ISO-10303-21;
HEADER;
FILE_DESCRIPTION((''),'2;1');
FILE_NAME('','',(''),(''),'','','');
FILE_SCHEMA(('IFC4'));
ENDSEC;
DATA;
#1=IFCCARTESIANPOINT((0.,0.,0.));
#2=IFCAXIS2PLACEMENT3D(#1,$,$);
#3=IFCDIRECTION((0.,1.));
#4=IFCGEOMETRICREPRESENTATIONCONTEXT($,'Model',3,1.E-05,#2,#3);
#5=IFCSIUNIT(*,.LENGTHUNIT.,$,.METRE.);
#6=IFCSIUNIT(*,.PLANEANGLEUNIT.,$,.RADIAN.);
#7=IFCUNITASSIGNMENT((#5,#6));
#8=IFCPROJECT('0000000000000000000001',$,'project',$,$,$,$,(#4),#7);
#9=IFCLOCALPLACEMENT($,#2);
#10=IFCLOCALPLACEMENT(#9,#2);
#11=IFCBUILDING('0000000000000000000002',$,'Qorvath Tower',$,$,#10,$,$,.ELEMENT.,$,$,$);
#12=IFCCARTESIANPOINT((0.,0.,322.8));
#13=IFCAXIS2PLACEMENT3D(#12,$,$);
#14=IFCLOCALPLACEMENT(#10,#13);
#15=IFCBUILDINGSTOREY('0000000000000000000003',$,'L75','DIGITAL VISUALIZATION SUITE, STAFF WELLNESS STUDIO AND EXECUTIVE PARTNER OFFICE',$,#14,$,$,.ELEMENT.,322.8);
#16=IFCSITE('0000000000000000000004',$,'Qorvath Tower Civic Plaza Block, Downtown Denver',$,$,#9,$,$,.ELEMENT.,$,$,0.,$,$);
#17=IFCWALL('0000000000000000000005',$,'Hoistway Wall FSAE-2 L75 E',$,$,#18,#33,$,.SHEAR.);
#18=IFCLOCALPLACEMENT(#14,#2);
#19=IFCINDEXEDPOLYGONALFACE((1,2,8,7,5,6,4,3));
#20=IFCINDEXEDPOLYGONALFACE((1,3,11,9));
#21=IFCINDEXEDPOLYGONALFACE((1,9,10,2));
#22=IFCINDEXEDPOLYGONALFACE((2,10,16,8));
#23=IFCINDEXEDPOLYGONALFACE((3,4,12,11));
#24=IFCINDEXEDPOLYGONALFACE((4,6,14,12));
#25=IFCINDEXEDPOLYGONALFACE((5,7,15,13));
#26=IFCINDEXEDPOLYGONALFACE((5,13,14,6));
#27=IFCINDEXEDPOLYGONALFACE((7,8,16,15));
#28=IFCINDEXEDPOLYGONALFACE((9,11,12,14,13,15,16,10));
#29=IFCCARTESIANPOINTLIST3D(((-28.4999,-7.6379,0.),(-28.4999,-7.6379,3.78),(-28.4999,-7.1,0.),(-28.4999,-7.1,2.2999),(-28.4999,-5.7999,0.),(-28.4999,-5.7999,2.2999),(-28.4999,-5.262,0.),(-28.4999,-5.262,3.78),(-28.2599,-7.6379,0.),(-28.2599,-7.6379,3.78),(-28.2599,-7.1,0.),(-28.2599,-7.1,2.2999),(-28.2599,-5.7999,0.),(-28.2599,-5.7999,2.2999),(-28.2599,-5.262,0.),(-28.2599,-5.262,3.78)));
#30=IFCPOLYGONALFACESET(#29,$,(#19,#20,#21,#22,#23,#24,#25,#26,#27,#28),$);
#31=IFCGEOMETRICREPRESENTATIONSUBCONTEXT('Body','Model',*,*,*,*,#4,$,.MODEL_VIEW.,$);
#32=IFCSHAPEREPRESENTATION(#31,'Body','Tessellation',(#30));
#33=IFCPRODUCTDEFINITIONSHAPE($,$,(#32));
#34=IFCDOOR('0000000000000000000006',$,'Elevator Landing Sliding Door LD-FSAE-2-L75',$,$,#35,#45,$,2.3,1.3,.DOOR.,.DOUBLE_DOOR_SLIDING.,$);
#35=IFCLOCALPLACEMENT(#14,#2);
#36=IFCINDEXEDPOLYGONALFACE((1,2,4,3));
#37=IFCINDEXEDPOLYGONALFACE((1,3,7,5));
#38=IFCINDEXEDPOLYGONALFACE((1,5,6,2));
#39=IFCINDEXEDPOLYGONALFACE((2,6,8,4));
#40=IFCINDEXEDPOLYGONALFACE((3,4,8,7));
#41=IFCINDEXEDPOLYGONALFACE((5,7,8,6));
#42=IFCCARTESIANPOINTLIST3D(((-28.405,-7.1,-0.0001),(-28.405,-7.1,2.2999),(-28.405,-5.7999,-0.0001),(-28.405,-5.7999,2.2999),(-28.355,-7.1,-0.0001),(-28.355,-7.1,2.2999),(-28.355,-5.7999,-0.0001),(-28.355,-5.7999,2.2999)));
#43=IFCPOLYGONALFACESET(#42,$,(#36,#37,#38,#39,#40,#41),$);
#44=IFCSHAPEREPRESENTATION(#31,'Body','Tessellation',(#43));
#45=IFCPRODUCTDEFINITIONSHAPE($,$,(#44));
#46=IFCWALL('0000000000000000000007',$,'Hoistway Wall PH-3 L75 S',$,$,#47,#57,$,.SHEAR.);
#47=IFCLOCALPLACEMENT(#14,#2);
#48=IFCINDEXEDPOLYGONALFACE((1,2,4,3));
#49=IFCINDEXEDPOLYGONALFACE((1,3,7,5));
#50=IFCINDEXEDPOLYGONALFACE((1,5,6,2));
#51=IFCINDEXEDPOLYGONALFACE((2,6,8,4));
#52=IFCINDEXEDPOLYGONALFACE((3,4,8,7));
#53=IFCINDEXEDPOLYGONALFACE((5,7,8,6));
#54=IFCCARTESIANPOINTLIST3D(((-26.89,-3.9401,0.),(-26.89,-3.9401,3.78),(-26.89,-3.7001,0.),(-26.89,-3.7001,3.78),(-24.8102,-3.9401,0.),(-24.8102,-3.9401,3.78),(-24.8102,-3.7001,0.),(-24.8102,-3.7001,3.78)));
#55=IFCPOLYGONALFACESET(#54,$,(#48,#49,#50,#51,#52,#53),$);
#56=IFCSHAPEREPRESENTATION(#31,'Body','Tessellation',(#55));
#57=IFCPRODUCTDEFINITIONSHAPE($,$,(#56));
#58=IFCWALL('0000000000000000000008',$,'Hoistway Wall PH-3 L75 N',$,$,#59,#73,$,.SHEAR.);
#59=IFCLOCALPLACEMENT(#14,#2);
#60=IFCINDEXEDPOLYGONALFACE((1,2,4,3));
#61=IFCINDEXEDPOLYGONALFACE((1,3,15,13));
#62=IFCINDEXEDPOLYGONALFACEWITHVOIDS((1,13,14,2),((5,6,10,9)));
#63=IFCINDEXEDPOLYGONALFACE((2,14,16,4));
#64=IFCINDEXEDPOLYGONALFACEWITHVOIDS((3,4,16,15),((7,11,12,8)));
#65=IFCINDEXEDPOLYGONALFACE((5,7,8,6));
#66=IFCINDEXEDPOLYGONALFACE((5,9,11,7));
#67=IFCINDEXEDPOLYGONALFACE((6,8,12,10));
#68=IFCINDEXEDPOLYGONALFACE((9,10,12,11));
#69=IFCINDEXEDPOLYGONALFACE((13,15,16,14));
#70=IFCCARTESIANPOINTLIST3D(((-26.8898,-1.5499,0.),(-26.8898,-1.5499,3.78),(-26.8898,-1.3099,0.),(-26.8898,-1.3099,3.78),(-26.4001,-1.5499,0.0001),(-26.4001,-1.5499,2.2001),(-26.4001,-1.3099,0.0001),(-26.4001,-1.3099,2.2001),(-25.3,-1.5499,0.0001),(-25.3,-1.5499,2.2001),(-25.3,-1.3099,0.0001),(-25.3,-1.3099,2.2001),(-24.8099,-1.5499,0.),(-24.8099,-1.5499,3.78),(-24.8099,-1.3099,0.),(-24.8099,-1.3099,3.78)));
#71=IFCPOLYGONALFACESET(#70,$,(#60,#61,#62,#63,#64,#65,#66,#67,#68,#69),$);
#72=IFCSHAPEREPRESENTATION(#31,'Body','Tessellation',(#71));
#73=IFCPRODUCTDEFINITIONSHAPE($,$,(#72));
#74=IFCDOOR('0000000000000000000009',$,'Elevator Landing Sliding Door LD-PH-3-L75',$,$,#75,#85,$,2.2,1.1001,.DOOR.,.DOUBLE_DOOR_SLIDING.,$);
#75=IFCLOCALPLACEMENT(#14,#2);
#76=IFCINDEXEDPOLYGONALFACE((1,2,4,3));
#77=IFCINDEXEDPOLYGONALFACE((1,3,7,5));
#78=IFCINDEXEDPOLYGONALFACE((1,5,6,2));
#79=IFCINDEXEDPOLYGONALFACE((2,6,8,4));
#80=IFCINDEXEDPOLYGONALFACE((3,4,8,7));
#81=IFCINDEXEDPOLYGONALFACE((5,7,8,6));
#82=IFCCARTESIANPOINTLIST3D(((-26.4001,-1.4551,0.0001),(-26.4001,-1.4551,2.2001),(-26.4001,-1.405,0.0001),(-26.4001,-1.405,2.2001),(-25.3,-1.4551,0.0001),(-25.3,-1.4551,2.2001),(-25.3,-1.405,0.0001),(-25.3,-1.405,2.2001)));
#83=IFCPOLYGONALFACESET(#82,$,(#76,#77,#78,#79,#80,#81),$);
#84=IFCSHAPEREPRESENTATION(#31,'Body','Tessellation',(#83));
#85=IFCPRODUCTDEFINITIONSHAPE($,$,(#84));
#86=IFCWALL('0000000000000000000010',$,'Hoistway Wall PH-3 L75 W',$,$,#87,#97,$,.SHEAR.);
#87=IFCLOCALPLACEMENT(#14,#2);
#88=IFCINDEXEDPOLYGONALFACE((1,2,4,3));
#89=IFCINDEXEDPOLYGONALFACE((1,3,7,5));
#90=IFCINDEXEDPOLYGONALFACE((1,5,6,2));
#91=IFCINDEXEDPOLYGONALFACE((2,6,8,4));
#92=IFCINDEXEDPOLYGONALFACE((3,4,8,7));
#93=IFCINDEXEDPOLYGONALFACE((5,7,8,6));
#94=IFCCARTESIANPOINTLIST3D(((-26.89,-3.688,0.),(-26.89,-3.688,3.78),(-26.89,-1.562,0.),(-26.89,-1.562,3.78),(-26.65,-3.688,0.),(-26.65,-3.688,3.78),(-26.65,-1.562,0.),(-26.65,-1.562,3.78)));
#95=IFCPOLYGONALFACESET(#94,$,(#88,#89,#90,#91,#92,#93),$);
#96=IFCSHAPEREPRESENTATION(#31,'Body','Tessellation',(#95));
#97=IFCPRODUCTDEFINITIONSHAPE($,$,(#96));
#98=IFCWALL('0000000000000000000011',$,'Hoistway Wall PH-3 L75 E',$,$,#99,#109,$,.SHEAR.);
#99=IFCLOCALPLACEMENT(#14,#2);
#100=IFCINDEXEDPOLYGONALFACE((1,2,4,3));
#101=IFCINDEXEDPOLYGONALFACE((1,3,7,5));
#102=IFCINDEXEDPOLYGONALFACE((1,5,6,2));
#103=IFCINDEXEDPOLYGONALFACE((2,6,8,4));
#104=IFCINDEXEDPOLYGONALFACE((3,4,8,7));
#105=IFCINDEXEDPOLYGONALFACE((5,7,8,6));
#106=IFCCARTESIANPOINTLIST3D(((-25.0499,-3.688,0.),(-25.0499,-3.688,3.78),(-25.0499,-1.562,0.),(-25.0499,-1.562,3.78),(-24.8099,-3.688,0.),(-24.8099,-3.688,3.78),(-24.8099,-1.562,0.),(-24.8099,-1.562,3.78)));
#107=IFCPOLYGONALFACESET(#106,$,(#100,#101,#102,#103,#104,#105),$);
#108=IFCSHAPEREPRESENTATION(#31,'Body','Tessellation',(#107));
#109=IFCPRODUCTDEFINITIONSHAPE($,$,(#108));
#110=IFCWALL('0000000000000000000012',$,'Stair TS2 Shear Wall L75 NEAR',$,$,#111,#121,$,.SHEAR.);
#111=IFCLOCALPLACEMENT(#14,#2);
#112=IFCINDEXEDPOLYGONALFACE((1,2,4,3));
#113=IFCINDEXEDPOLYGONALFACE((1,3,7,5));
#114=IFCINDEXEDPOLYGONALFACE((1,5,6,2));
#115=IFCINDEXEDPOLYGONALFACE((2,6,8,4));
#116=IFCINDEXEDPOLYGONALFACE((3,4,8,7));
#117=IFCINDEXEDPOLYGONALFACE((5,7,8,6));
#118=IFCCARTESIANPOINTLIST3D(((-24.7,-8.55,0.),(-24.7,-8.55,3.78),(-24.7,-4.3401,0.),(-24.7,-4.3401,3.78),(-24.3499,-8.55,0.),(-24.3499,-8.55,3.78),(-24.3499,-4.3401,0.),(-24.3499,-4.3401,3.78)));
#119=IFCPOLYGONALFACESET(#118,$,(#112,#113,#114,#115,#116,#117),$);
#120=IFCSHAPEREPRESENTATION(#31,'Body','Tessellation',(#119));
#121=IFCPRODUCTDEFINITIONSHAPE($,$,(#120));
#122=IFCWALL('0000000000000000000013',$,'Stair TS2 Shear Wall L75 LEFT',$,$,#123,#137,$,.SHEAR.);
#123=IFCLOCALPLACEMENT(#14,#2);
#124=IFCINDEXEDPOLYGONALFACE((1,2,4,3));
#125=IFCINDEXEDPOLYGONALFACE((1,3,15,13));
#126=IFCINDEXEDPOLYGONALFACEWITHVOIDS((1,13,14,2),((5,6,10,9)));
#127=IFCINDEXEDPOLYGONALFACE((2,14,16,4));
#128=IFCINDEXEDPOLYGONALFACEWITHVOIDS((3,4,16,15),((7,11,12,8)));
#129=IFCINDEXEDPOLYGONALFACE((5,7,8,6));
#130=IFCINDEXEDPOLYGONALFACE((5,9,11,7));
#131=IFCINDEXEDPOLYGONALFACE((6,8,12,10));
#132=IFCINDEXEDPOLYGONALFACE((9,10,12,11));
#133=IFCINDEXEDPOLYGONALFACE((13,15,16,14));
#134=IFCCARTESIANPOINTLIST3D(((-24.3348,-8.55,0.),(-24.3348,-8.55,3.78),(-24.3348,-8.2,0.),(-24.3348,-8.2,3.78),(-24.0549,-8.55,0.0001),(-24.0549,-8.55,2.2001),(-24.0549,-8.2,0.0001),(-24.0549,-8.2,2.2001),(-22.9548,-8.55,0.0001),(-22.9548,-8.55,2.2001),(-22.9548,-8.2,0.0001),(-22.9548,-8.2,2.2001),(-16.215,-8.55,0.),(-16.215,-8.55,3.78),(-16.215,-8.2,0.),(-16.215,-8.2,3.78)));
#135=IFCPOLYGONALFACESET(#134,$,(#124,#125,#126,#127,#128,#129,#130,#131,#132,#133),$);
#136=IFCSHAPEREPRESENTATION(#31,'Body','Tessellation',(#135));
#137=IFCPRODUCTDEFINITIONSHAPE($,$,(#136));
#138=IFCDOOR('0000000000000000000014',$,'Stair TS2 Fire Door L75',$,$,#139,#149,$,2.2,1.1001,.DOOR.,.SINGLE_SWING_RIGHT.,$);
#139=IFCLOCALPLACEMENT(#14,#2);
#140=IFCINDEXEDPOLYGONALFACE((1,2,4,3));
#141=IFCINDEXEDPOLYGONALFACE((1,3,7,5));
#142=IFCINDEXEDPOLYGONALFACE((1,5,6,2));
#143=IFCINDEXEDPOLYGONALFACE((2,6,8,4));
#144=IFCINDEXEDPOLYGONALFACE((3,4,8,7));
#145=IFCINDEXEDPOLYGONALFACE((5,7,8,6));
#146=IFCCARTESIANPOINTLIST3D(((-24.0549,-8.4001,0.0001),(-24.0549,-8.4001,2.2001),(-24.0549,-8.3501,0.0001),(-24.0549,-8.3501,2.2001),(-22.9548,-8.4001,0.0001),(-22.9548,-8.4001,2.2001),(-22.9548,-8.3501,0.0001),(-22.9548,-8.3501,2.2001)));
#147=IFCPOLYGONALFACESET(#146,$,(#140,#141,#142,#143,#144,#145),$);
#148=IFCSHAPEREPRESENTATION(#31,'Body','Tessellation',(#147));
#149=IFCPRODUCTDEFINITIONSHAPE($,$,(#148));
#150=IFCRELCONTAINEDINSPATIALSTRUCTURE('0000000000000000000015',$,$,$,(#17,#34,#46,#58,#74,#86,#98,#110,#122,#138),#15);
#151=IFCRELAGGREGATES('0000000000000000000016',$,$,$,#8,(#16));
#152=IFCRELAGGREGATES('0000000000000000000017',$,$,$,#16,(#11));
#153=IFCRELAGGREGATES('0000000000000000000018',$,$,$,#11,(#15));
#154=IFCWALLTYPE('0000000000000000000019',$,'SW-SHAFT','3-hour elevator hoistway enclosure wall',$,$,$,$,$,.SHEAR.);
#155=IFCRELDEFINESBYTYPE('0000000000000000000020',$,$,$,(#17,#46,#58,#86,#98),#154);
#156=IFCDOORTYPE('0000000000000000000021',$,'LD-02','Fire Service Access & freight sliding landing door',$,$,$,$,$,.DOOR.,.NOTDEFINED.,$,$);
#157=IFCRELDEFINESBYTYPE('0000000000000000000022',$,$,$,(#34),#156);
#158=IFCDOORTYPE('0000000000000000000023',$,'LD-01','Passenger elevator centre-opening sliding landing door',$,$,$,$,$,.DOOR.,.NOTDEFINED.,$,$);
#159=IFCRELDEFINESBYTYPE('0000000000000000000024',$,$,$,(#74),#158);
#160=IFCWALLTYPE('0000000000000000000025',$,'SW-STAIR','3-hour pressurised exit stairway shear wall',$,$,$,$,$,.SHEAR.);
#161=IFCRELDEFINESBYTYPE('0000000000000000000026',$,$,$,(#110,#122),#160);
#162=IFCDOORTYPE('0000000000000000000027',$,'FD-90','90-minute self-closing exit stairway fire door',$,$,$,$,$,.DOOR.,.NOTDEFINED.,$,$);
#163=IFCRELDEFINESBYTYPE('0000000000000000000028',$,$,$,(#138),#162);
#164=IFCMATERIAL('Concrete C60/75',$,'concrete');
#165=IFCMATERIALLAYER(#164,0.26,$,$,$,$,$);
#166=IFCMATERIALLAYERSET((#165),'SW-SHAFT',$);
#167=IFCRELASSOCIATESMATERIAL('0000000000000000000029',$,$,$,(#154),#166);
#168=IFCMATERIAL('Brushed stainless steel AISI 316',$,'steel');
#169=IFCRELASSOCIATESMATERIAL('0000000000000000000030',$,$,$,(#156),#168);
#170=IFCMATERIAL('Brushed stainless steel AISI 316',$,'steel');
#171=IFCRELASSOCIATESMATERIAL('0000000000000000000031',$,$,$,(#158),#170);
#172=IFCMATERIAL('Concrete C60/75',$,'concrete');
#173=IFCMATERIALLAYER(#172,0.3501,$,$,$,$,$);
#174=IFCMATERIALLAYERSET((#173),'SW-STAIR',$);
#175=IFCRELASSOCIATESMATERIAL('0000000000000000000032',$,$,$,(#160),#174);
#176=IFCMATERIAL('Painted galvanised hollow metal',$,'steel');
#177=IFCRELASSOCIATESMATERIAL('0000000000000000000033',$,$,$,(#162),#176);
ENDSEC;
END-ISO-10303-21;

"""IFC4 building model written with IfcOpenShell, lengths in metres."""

from ifc_helpers import new_model, si_unit, direction, frame, frame_2d, origin, place, context, subcontext, project, spatial, rectangle, extrude, material, layer, layer_set, type_object, element, fill, save


model = new_model("IFC4")

# Units and contexts
model_context = context("Model", 3, precision=1e-05, world=origin(), true_north=direction((0.0, 1.0)))
body_context = subcontext(model_context, "Body", "Model", "MODEL_VIEW")
ifc_project = project(units=[si_unit("LENGTHUNIT", "METRE"), si_unit("PLANEANGLEUNIT", "RADIAN")], contexts=[model_context])

# Site, building, storey
site_placement = place(None, origin())
site = spatial("IfcSite", under=ifc_project, at=site_placement, Name="Qorvath Tower Civic Plaza Block, Downtown Denver", CompositionType="ELEMENT", RefElevation=0.0)
building_placement = place(site_placement, origin())
building = spatial("IfcBuilding", under=site, at=building_placement, Name="Qorvath Tower", CompositionType="ELEMENT")
storey_placement = place(building_placement, frame((0.0, 0.0, 322.8)))
storey = spatial("IfcBuildingStorey", under=building, at=storey_placement, Name="L75", Description="DIGITAL VISUALIZATION SUITE, STAFF WELLNESS STUDIO AND EXECUTIVE PARTNER OFFICE", CompositionType="ELEMENT", Elevation=322.8)

# Shared definitions
ifc_material_1 = material(Name="Concrete C60/75", Category="concrete")
ifc_layer_1 = layer(ifc_material_1, 0.26)
ifc_layer_set_1 = layer_set([ifc_layer_1], Name="SW-SHAFT")
wall_type_1 = type_object("IfcWallType", Name="SW-SHAFT", Description="3-hour elevator hoistway enclosure wall", PredefinedType="SHEAR", material=ifc_layer_set_1)

# Wall, opening, door
wall_1_placement = place(storey_placement, frame((-28.3799, -5.262, 0.0), z_axis=(0.0, 0.0, 1.0), x_axis=(0.0, -1.0, 0.0)))
wall_1 = element("IfcWall", 1, at=wall_1_placement, inside=storey, type_object=wall_type_1, Name="Hoistway Wall FSAE-2 L75 E", PredefinedType="SHEAR", context=body_context, shape_type="SweptSolid", body=[
    extrude(rectangle(XDim=2.376, YDim=0.24, at=frame_2d((1.188, 0.0))), origin(), (0.0, 0.0, 1.0), 3.78),
])
opening_1_placement = place(wall_1_placement, frame((0.5381, 0.0, 0.0)))
opening_1 = element("IfcOpeningElement", 2, at=opening_1_placement, cuts=wall_1, PredefinedType="OPENING", context=body_context, shape_type="SweptSolid", body=[
    extrude(rectangle(XDim=1.3, YDim=2.3, at=frame_2d((0.6499, 1.1499))), frame((0.0, 0.1299, 0.0), z_axis=(0.0, -1.0, 0.0), x_axis=(1.0, 0.0, 0.0)), (0.0, 0.0, 1.0), 0.26),
])
ifc_material_2 = material(Name="Brushed stainless steel AISI 316", Category="steel")
door_type_1 = type_object("IfcDoorType", Name="LD-02", Description="Fire Service Access & freight sliding landing door", OperationType="NOTDEFINED", PredefinedType="DOOR", material=ifc_material_2)
door_1_placement = place(opening_1_placement, origin())
door_1 = element("IfcDoor", 3, at=door_1_placement, inside=storey, type_object=door_type_1, Name="Elevator Landing Sliding Door LD-FSAE-2-L75", OperationType="DOUBLE_DOOR_SLIDING", OverallHeight=2.3, OverallWidth=1.3, PredefinedType="DOOR", context=body_context, shape_type="SweptSolid", body=[
    extrude(rectangle(XDim=1.3, YDim=2.3, at=frame_2d((0.6499, 1.1499))), frame((0.0, 0.0249, 0.0), z_axis=(0.0, -1.0, 0.0), x_axis=(1.0, 0.0, 0.0)), (0.0, 0.0, 1.0), 0.05),
])
fill(opening_1, door_1)

# Wall
wall_2_placement = place(storey_placement, frame((-24.8101, -3.8201, 0.0), z_axis=(0.0, 0.0, 1.0), x_axis=(-1.0, 0.0, 0.0)))
element("IfcWall", 4, at=wall_2_placement, inside=storey, type_object=wall_type_1, Name="Hoistway Wall PH-3 L75 S", PredefinedType="SHEAR", context=body_context, shape_type="SweptSolid", body=[
    extrude(rectangle(XDim=2.0798, YDim=0.24, at=frame_2d((1.04, 0.0))), origin(), (0.0, 0.0, 1.0), 3.78),
])

# Wall, opening, door
wall_3_placement = place(storey_placement, frame((-26.8899, -1.4299, 0.0), z_axis=(0.0, 0.0, 1.0), x_axis=(1.0, 0.0, 0.0)))
wall_3 = element("IfcWall", 5, at=wall_3_placement, inside=storey, type_object=wall_type_1, Name="Hoistway Wall PH-3 L75 N", PredefinedType="SHEAR", context=body_context, shape_type="SweptSolid", body=[
    extrude(rectangle(XDim=2.0798, YDim=0.24, at=frame_2d((1.04, 0.0))), origin(), (0.0, 0.0, 1.0), 3.78),
])
opening_2_placement = place(wall_3_placement, frame((0.4897, 0.0, 0.0)))
opening_2 = element("IfcOpeningElement", 6, at=opening_2_placement, cuts=wall_3, PredefinedType="OPENING", context=body_context, shape_type="SweptSolid", body=[
    extrude(rectangle(XDim=1.1001, YDim=2.2, at=frame_2d((0.55, 1.1001))), frame((0.0, 0.1299, 0.0), z_axis=(0.0, -1.0, 0.0), x_axis=(1.0, 0.0, 0.0)), (0.0, 0.0, 1.0), 0.26),
])
ifc_material_3 = material(Name="Brushed stainless steel AISI 316", Category="steel")
door_type_2 = type_object("IfcDoorType", Name="LD-01", Description="Passenger elevator centre-opening sliding landing door", OperationType="NOTDEFINED", PredefinedType="DOOR", material=ifc_material_3)
door_2_placement = place(opening_2_placement, origin())
door_2 = element("IfcDoor", 7, at=door_2_placement, inside=storey, type_object=door_type_2, Name="Elevator Landing Sliding Door LD-PH-3-L75", OperationType="DOUBLE_DOOR_SLIDING", OverallHeight=2.2, OverallWidth=1.1001, PredefinedType="DOOR", context=body_context, shape_type="SweptSolid", body=[
    extrude(rectangle(XDim=1.1001, YDim=2.2, at=frame_2d((0.55, 1.1001))), frame((0.0, 0.0249, 0.0), z_axis=(0.0, -1.0, 0.0), x_axis=(1.0, 0.0, 0.0)), (0.0, 0.0, 1.0), 0.05),
])
fill(opening_2, door_2)

# Walls
for number, where, z_axis, x_axis, name in (
    (8, (-26.77, -3.688, 0.0), (0.0, 0.0, 1.0), (0.0, 1.0, 0.0), "Hoistway Wall PH-3 L75 W"),
    (9, (-24.9299, -1.562, 0.0), (0.0, 0.0, 1.0), (0.0, -1.0, 0.0), "Hoistway Wall PH-3 L75 E"),
):
    element("IfcWall", number, at=place(storey_placement, frame(where, z_axis=z_axis, x_axis=x_axis)), inside=storey, type_object=wall_type_1, Name=name, PredefinedType="SHEAR", context=body_context, shape_type="SweptSolid", body=[
        extrude(rectangle(XDim=2.126, YDim=0.24, at=frame_2d((1.063, 0.0))), origin(), (0.0, 0.0, 1.0), 3.78),
    ])
ifc_material_4 = material(Name="Concrete C60/75", Category="concrete")
ifc_layer_2 = layer(ifc_material_4, 0.3501)
ifc_layer_set_2 = layer_set([ifc_layer_2], Name="SW-STAIR")
wall_type_2 = type_object("IfcWallType", Name="SW-STAIR", Description="3-hour pressurised exit stairway shear wall", PredefinedType="SHEAR", material=ifc_layer_set_2)
wall_4_placement = place(storey_placement, frame((-24.5249, -4.3401, 0.0), z_axis=(0.0, 0.0, 1.0), x_axis=(0.0, -1.0, 0.0)))
element("IfcWall", 10, at=wall_4_placement, inside=storey, type_object=wall_type_2, Name="Stair TS2 Shear Wall L75 NEAR", PredefinedType="SHEAR", context=body_context, shape_type="SweptSolid", body=[
    extrude(rectangle(XDim=4.21, YDim=0.3501, at=frame_2d((2.105, 0.0))), origin(), (0.0, 0.0, 1.0), 3.78),
])

# Wall, opening, door
wall_5_placement = place(storey_placement, frame((-24.335, -8.375, 0.0), z_axis=(0.0, 0.0, 1.0), x_axis=(1.0, 0.0, 0.0)))
wall_5 = element("IfcWall", 11, at=wall_5_placement, inside=storey, type_object=wall_type_2, Name="Stair TS2 Shear Wall L75 LEFT", PredefinedType="SHEAR", context=body_context, shape_type="SweptSolid", body=[
    extrude(rectangle(XDim=8.1199, YDim=0.3501, at=frame_2d((4.0601, 0.0))), origin(), (0.0, 0.0, 1.0), 3.78),
])
opening_3_placement = place(wall_5_placement, frame((0.28, 0.0, 0.0)))
opening_3 = element("IfcOpeningElement", 12, at=opening_3_placement, cuts=wall_5, PredefinedType="OPENING", context=body_context, shape_type="SweptSolid", body=[
    extrude(rectangle(XDim=1.1001, YDim=2.2, at=frame_2d((0.55, 1.1001))), frame((0.0, 0.1851, 0.0), z_axis=(0.0, -1.0, 0.0), x_axis=(1.0, 0.0, 0.0)), (0.0, 0.0, 1.0), 0.3701),
])
ifc_material_5 = material(Name="Painted galvanised hollow metal", Category="steel")
door_type_3 = type_object("IfcDoorType", Name="FD-90", Description="90-minute self-closing exit stairway fire door", OperationType="NOTDEFINED", PredefinedType="DOOR", material=ifc_material_5)
door_3_placement = place(opening_3_placement, origin())
door_3 = element("IfcDoor", 13, at=door_3_placement, inside=storey, type_object=door_type_3, Name="Stair TS2 Fire Door L75", OperationType="SINGLE_SWING_RIGHT", OverallHeight=2.2, OverallWidth=1.1001, PredefinedType="DOOR", context=body_context, shape_type="SweptSolid", body=[
    extrude(rectangle(XDim=1.1001, YDim=2.2, at=frame_2d((0.55, 1.1001))), frame((0.0, 0.0249, 0.0), z_axis=(0.0, -1.0, 0.0), x_axis=(1.0, 0.0, 0.0)), (0.0, 0.0, 1.0), 0.05),
])
fill(opening_3, door_3)

save(model, "model.ifc")
